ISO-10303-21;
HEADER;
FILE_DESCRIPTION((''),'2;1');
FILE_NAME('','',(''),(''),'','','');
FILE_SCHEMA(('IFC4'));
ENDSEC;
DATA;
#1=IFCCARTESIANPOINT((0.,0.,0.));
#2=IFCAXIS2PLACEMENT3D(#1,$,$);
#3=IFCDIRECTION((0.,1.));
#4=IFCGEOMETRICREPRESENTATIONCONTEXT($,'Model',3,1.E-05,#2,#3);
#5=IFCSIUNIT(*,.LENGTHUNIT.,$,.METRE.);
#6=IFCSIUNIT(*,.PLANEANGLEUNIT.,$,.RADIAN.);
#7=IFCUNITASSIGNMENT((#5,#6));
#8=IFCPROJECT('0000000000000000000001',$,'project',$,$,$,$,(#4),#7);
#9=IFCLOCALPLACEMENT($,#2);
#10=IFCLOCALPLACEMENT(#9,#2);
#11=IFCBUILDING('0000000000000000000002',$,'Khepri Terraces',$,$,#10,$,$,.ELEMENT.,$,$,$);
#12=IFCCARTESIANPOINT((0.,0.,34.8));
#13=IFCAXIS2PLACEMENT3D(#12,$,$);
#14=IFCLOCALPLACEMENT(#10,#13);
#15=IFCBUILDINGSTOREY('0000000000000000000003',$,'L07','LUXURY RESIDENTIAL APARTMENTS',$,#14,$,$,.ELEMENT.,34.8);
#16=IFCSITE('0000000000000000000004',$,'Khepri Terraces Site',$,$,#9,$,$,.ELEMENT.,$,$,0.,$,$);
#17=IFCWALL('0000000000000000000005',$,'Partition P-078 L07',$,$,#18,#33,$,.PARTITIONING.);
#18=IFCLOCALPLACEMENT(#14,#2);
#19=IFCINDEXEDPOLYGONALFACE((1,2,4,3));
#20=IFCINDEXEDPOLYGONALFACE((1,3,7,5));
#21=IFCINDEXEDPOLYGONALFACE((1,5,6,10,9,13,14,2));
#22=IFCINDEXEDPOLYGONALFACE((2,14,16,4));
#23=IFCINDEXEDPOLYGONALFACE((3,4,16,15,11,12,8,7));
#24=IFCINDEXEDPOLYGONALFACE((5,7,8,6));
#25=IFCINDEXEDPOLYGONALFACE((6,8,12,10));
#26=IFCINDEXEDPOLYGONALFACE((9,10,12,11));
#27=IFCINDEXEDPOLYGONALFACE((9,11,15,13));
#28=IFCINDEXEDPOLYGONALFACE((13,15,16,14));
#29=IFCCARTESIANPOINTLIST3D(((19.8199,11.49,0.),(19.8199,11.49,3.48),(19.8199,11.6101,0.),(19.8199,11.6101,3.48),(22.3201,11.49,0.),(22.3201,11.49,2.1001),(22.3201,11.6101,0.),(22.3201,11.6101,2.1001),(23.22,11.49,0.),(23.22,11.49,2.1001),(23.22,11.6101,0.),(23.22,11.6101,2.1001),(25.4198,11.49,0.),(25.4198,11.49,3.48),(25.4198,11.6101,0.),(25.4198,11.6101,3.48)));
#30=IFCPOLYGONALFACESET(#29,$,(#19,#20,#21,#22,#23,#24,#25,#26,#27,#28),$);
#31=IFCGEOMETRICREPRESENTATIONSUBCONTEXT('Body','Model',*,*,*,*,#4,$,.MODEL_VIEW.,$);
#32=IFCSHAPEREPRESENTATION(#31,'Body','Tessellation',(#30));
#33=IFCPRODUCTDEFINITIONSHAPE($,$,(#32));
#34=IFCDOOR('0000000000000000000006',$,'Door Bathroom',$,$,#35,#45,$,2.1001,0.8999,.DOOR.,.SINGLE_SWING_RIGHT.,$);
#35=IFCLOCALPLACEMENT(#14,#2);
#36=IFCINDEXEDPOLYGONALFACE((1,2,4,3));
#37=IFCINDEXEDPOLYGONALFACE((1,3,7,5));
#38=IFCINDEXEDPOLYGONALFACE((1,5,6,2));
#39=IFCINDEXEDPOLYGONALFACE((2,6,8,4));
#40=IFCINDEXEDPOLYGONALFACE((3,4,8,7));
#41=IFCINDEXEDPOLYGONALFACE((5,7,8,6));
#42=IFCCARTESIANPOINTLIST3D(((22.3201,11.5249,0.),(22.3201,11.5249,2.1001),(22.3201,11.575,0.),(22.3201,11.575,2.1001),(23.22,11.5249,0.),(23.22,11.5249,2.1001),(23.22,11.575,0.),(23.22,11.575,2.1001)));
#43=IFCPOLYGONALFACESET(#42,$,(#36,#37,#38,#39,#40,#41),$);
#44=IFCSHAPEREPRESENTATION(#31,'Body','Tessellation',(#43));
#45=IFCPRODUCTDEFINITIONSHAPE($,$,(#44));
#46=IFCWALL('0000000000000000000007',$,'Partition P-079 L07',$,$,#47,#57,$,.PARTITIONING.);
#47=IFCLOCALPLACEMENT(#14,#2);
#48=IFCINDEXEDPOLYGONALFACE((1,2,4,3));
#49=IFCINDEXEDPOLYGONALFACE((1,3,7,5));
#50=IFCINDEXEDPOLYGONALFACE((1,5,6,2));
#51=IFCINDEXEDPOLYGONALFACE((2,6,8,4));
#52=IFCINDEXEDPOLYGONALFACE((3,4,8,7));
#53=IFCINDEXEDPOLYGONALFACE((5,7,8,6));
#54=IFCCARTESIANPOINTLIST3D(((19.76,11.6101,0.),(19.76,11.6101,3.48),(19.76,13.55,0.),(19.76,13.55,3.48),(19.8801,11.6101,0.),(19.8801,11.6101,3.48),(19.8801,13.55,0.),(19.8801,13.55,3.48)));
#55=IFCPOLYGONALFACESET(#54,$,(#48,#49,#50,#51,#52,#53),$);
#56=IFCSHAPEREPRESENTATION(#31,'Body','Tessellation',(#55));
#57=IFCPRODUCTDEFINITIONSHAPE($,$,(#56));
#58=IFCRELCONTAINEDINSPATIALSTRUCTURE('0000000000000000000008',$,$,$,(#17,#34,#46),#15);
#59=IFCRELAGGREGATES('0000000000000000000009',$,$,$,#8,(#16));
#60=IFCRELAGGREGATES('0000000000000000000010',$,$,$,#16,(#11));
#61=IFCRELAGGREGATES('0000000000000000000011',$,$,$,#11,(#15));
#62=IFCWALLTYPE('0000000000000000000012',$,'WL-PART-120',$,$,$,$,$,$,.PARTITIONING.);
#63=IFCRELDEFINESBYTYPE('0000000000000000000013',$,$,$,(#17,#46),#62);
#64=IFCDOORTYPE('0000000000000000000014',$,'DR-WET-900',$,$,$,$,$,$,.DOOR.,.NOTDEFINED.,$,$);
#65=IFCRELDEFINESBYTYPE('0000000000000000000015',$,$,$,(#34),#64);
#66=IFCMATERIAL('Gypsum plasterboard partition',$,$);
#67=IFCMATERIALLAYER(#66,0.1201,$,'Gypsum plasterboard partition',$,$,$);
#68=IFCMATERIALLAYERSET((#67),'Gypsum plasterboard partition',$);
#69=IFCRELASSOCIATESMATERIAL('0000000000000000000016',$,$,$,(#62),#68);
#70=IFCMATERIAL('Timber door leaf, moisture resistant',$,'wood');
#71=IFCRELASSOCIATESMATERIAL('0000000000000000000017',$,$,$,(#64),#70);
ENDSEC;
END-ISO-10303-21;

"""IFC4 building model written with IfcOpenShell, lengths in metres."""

from ifc_helpers import new_model, si_unit, direction, frame, frame_2d, origin, place, context, subcontext, project, spatial, rectangle, extrude, material, layer, layer_set, type_object, element, fill, save


model = new_model("IFC4")

# Units and contexts
model_context = context("Model", 3, precision=1e-05, world=origin(), true_north=direction((0.0, 1.0)))
body_context = subcontext(model_context, "Body", "Model", "MODEL_VIEW")
ifc_project = project(units=[si_unit("LENGTHUNIT", "METRE"), si_unit("PLANEANGLEUNIT", "RADIAN")], contexts=[model_context])

# Site, building, storey
site_placement = place(None, origin())
site = spatial("IfcSite", under=ifc_project, at=site_placement, Name="Khepri Terraces Site", CompositionType="ELEMENT", RefElevation=0.0)
building_placement = place(site_placement, origin())
building = spatial("IfcBuilding", under=site, at=building_placement, Name="Khepri Terraces", CompositionType="ELEMENT")
storey_placement = place(building_placement, frame((0.0, 0.0, 34.8)))
storey = spatial("IfcBuildingStorey", under=building, at=storey_placement, Name="L07", Description="LUXURY RESIDENTIAL APARTMENTS", CompositionType="ELEMENT", Elevation=34.8)

# Shared definitions
ifc_material_1 = material(Name="Gypsum plasterboard partition")
ifc_layer_1 = layer(ifc_material_1, 0.1201, Name="Gypsum plasterboard partition")
ifc_layer_set_1 = layer_set([ifc_layer_1], Name="Gypsum plasterboard partition")
wall_type_1 = type_object("IfcWallType", Name="WL-PART-120", PredefinedType="PARTITIONING", material=ifc_layer_set_1)

# Wall, opening, door
ifc_material_2 = material(Name="Timber door leaf, moisture resistant", Category="wood")
door_type_1 = type_object("IfcDoorType", Name="DR-WET-900", OperationType="NOTDEFINED", PredefinedType="DOOR", material=ifc_material_2)
wall_1_placement = place(storey_placement, frame((19.8201, 11.55, 0.0), z_axis=(0.0, 0.0, 1.0), x_axis=(1.0, 0.0, 0.0)))
wall_1 = element("IfcWall", 1, at=wall_1_placement, inside=storey, type_object=wall_type_1, Name="Partition P-078 L07", PredefinedType="PARTITIONING", context=body_context, shape_type="SweptSolid", body=[
    extrude(rectangle(XDim=5.5999, YDim=0.1201, at=frame_2d((2.7998, 0.0))), origin(), (0.0, 0.0, 1.0), 3.48),
])
opening_1_placement = place(wall_1_placement, frame((2.5, 0.0, 0.0)))
opening_1 = element("IfcOpeningElement", 2, at=opening_1_placement, cuts=wall_1, PredefinedType="OPENING", context=body_context, shape_type="SweptSolid", body=[
    extrude(rectangle(XDim=0.8999, YDim=2.1001, at=frame_2d((0.45, 1.05))), frame((0.0, 0.0701, 0.0), z_axis=(0.0, -1.0, 0.0), x_axis=(1.0, 0.0, 0.0)), (0.0, 0.0, 1.0), 0.1401),
])
door_1_placement = place(opening_1_placement, origin())
door_1 = element("IfcDoor", 3, at=door_1_placement, inside=storey, type_object=door_type_1, Name="Door Bathroom", OperationType="SINGLE_SWING_RIGHT", OverallHeight=2.1001, OverallWidth=0.8999, PredefinedType="DOOR", context=body_context, shape_type="SweptSolid", body=[
    extrude(rectangle(XDim=0.8999, YDim=2.1001, at=frame_2d((0.45, 1.05))), frame((0.0, 0.0249, 0.0), z_axis=(0.0, -1.0, 0.0), x_axis=(1.0, 0.0, 0.0)), (0.0, 0.0, 1.0), 0.05),
])
fill(opening_1, door_1)

# Wall
wall_2_placement = place(storey_placement, frame((19.8201, 11.6101, 0.0), z_axis=(0.0, 0.0, 1.0), x_axis=(0.0, 1.0, 0.0)))
element("IfcWall", 4, at=wall_2_placement, inside=storey, type_object=wall_type_1, Name="Partition P-079 L07", PredefinedType="PARTITIONING", context=body_context, shape_type="SweptSolid", body=[
    extrude(rectangle(XDim=1.9399, YDim=0.1201, at=frame_2d((0.97, 0.0))), origin(), (0.0, 0.0, 1.0), 3.48),
])

save(model, "model.ifc")
